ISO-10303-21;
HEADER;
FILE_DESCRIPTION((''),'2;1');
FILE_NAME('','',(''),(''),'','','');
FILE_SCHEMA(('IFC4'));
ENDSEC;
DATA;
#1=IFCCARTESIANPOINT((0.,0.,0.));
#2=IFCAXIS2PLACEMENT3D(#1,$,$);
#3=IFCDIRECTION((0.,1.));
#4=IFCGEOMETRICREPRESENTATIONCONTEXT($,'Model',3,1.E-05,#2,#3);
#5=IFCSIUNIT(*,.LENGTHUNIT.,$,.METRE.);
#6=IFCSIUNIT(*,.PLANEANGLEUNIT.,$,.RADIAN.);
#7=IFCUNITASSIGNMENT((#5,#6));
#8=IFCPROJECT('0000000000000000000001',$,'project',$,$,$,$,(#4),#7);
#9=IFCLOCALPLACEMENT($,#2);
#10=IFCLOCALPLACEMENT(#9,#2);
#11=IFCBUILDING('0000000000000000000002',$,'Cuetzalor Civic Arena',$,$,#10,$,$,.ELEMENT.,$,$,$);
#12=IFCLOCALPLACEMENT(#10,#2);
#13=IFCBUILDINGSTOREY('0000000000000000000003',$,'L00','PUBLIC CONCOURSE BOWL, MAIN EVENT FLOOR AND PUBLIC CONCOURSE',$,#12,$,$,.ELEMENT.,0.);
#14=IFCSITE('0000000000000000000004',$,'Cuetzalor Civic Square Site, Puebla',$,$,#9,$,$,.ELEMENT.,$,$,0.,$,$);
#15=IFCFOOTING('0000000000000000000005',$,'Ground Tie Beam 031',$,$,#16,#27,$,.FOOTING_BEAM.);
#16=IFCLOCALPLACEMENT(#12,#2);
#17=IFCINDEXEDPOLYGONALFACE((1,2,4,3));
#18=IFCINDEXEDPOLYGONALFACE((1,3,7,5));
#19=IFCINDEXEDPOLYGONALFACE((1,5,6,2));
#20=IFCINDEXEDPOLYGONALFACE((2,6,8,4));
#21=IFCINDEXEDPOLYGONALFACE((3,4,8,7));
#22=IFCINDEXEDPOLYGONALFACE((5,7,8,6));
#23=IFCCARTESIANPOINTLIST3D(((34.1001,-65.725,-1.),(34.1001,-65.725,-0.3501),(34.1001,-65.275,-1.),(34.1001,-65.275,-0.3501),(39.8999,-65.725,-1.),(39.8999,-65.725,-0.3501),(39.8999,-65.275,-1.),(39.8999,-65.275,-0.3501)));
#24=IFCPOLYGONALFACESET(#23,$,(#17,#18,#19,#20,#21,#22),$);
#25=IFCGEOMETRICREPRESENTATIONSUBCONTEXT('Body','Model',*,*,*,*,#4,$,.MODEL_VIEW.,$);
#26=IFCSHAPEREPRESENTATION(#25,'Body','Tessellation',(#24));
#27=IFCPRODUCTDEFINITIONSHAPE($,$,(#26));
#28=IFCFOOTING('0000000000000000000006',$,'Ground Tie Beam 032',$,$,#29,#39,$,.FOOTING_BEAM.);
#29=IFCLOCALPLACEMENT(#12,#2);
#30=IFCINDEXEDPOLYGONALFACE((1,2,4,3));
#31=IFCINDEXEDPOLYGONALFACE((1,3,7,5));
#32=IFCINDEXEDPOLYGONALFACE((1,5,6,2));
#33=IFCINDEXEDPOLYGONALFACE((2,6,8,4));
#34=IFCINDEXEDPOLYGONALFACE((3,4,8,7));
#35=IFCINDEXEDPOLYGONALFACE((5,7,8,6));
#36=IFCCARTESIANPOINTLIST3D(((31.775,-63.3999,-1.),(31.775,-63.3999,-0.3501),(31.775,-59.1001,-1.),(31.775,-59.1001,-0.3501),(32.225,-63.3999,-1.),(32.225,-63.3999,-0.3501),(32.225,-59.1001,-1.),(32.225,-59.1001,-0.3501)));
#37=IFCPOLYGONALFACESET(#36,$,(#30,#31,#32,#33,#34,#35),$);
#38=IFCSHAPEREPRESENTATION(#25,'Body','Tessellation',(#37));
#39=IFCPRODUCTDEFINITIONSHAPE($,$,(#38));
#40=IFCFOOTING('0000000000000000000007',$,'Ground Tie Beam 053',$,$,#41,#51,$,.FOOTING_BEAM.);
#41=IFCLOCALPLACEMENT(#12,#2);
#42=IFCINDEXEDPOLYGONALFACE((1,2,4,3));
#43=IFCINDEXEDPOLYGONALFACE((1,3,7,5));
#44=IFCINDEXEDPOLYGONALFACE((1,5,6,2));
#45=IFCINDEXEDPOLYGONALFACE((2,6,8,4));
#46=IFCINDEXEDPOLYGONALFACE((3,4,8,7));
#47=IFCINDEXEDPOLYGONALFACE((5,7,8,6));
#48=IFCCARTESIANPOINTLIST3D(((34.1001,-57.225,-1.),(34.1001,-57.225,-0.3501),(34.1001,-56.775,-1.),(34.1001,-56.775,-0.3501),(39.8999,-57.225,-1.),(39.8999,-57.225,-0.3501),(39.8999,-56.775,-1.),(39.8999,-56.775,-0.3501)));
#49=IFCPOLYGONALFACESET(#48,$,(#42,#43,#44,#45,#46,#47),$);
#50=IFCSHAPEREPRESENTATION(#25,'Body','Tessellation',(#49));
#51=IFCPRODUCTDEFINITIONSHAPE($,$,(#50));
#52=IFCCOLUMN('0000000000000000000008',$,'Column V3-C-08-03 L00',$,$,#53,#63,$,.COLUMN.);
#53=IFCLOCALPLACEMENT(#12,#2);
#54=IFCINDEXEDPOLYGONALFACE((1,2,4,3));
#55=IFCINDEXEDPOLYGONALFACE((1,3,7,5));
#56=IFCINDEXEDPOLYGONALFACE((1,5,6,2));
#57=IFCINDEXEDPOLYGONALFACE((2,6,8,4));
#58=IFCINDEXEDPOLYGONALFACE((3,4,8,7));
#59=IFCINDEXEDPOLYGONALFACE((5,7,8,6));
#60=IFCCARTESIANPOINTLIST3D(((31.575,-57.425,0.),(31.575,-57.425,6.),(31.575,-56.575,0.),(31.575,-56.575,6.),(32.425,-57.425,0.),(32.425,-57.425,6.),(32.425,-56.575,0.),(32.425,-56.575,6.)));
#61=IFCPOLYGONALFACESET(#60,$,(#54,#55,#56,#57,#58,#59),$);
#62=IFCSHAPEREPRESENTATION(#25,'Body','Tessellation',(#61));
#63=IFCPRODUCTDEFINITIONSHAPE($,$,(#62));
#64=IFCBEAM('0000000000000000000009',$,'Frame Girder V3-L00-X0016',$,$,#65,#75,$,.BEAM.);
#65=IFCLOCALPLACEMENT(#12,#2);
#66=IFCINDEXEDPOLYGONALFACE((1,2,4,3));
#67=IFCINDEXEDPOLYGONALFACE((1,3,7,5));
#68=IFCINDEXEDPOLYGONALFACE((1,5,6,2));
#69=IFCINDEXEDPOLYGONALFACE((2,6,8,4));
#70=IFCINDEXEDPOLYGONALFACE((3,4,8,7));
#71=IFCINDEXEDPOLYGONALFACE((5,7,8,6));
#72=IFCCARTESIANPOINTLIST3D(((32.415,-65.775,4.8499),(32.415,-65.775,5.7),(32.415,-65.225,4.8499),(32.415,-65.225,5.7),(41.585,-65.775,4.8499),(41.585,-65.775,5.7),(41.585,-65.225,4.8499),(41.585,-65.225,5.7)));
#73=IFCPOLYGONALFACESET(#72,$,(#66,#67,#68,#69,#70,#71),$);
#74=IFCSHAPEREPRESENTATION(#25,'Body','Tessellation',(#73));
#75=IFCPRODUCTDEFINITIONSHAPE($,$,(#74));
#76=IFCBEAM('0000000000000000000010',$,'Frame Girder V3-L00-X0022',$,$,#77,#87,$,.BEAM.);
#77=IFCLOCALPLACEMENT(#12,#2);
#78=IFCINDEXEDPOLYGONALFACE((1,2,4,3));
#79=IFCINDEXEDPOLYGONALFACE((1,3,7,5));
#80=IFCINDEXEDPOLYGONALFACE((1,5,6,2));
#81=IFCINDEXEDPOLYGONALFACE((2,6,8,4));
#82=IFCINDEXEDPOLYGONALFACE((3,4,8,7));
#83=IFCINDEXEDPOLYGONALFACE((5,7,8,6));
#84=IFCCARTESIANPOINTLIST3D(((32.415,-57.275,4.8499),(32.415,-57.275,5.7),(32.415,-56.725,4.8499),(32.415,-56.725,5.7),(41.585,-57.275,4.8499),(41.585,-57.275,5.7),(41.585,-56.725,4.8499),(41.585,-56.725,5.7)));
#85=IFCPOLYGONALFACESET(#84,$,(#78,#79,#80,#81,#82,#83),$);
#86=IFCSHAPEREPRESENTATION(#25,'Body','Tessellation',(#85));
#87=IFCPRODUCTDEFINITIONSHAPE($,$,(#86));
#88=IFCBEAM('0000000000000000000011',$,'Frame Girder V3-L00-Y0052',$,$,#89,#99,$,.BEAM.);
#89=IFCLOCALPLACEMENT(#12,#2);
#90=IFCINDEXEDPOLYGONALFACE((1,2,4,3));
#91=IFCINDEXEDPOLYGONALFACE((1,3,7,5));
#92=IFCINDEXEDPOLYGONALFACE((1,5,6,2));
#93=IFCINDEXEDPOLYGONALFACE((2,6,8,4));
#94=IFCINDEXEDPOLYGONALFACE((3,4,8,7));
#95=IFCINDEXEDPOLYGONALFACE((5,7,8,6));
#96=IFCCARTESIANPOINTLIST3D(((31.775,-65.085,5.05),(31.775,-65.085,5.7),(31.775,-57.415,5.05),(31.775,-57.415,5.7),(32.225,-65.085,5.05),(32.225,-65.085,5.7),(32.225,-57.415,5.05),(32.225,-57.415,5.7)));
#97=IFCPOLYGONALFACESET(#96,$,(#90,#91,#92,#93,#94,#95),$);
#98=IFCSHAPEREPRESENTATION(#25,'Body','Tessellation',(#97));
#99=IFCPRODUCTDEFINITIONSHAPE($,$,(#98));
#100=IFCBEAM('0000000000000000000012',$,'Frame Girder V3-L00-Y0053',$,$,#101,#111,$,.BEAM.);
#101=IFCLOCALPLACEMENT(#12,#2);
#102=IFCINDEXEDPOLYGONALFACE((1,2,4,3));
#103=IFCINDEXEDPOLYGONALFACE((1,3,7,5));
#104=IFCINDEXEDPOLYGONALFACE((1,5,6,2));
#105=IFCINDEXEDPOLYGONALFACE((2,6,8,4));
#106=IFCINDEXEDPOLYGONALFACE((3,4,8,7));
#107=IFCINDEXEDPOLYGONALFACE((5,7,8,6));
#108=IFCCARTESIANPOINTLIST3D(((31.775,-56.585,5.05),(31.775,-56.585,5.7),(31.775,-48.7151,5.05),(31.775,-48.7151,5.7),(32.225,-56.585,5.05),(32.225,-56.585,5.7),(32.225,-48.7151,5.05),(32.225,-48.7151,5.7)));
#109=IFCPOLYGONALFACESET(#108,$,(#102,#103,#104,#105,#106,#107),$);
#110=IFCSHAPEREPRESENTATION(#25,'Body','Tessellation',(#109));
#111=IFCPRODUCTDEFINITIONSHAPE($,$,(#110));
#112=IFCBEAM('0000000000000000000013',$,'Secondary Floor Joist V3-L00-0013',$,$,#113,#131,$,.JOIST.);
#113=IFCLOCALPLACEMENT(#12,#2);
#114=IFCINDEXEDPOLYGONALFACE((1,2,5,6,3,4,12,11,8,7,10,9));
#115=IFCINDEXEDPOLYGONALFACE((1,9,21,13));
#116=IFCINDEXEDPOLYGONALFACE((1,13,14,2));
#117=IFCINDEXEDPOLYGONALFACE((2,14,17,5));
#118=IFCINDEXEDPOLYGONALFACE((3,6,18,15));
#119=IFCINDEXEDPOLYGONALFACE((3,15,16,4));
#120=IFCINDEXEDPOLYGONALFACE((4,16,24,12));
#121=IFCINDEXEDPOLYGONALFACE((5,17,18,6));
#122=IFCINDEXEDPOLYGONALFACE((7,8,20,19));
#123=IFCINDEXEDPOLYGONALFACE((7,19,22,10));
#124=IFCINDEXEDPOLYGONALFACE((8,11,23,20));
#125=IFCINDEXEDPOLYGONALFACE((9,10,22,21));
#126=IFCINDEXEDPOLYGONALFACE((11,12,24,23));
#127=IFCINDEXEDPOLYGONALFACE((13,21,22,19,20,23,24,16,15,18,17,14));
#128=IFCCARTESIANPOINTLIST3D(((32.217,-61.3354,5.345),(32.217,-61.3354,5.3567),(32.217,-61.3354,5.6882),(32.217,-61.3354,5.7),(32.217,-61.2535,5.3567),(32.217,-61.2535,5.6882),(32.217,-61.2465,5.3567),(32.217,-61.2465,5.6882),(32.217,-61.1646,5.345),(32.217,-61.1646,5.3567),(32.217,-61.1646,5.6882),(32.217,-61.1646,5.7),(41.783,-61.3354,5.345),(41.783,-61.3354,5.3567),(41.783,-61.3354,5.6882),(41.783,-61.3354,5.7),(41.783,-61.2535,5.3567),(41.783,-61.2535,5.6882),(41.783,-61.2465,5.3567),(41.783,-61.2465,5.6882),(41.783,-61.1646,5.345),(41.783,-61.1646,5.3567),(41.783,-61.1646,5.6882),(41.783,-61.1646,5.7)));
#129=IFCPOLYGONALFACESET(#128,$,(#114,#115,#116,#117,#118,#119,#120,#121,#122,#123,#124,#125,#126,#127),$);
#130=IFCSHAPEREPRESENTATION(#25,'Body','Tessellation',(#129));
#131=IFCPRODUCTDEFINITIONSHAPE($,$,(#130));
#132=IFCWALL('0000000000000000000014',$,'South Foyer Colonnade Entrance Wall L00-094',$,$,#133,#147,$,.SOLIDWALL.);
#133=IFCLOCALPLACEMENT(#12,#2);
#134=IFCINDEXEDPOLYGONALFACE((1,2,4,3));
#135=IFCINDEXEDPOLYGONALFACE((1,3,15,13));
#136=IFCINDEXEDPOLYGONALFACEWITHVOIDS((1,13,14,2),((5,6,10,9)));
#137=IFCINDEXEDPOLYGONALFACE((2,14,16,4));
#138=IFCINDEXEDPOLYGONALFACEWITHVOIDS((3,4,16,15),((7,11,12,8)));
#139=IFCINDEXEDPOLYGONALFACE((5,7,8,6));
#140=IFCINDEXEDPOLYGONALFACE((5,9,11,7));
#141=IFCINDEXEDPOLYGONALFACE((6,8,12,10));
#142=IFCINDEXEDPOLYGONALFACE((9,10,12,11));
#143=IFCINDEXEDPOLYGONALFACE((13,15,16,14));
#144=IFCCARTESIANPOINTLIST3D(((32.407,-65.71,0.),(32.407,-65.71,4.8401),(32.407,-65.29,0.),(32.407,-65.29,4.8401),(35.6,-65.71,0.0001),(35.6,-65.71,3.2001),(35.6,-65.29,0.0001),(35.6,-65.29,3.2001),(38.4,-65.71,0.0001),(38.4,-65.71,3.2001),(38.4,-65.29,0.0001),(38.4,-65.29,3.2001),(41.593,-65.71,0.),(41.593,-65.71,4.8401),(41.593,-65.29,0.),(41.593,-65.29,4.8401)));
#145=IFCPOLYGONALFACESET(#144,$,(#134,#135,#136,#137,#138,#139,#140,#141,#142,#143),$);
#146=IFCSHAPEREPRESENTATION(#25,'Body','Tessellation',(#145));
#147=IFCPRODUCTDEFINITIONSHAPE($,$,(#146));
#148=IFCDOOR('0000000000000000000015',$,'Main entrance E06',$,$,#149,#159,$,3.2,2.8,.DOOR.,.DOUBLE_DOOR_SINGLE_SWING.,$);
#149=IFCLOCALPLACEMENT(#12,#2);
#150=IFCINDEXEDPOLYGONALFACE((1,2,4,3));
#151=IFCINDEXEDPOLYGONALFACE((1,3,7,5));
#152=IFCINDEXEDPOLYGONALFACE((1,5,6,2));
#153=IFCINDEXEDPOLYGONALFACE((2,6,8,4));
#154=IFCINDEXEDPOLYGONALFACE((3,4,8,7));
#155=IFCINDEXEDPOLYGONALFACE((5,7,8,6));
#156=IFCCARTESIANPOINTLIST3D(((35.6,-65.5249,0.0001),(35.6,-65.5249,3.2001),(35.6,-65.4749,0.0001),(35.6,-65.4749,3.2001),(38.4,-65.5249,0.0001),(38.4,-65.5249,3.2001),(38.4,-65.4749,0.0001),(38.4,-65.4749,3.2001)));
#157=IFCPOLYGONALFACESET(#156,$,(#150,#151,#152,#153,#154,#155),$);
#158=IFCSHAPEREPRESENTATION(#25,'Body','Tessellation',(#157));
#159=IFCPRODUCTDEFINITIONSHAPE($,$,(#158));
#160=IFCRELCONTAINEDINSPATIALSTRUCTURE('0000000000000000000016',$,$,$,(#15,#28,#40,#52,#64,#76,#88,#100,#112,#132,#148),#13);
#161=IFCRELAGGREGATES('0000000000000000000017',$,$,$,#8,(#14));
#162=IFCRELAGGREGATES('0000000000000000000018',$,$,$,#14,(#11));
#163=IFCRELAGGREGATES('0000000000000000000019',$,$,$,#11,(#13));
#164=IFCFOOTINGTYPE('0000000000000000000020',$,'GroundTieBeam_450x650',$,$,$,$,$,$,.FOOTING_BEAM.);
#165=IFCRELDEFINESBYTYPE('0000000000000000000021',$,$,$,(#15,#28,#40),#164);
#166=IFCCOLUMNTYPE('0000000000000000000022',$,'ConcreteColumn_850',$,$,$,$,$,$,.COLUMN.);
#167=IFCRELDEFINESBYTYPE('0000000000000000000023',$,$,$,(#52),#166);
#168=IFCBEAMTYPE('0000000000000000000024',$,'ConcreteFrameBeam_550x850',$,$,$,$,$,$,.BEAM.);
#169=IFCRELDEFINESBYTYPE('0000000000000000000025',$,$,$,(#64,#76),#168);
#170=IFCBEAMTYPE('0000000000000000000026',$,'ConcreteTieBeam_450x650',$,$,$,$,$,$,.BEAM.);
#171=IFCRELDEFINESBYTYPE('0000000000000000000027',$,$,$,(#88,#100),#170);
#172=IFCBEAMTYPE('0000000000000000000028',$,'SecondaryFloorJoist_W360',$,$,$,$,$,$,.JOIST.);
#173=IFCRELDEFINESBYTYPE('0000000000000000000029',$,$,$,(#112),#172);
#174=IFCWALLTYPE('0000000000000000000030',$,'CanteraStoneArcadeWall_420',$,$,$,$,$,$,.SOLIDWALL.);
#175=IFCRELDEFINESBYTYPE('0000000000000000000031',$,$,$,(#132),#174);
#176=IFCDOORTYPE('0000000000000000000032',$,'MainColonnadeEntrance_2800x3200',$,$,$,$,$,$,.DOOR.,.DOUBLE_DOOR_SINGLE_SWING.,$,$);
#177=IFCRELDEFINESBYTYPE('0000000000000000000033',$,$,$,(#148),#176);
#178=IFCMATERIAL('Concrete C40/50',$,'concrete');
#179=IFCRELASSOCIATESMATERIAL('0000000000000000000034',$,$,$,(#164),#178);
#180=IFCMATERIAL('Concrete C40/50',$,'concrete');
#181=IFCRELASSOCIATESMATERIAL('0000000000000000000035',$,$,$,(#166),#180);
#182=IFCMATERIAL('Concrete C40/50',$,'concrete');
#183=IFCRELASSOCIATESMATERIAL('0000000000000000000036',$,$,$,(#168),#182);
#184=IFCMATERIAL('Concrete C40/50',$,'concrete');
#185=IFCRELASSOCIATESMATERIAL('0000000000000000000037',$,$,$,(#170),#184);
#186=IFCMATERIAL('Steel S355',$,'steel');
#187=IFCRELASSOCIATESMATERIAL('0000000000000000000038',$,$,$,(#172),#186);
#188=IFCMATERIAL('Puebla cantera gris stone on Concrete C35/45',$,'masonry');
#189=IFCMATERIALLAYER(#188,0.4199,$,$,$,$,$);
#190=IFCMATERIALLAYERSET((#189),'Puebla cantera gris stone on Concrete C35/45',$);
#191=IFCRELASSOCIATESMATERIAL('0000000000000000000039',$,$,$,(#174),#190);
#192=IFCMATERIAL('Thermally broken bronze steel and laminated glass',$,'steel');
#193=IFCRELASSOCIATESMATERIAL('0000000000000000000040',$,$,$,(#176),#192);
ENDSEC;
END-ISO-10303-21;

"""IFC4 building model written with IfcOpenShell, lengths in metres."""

from ifc_helpers import new_model, si_unit, direction, frame, frame_2d, origin, origin_2d, place, context, subcontext, project, spatial, rectangle, i_section, extrude, material, layer, layer_set, material_profile, profile_set, type_object, element, fill, save


model = new_model("IFC4")

# Units and contexts
model_context = context("Model", 3, precision=1e-05, world=origin(), true_north=direction((0.0, 1.0)))
body_context = subcontext(model_context, "Body", "Model", "MODEL_VIEW")
ifc_project = project(units=[si_unit("LENGTHUNIT", "METRE"), si_unit("PLANEANGLEUNIT", "RADIAN")], contexts=[model_context])

# Site, building, storey
site_placement = place(None, origin())
site = spatial("IfcSite", under=ifc_project, at=site_placement, Name="Cuetzalor Civic Square Site, Puebla", CompositionType="ELEMENT", RefElevation=0.0)
building_placement = place(site_placement, origin())
building = spatial("IfcBuilding", under=site, at=building_placement, Name="Cuetzalor Civic Arena", CompositionType="ELEMENT")
storey_placement = place(building_placement, origin())
storey = spatial("IfcBuildingStorey", under=building, at=storey_placement, Name="L00", Description="PUBLIC CONCOURSE BOWL, MAIN EVENT FLOOR AND PUBLIC CONCOURSE", CompositionType="ELEMENT", Elevation=0.0)

# Footings
ifc_material_1 = material(Name="Concrete C40/50", Category="concrete")
ifc_material_profile_1 = material_profile(ifc_material_1, rectangle(XDim=0.45, YDim=0.6499, at=origin_2d()), Name="RC 450x650")
ifc_profile_set_1 = profile_set([ifc_material_profile_1], Name="Concrete C40/50")
footing_type_1 = type_object("IfcFootingType", Name="GroundTieBeam_450x650", PredefinedType="FOOTING_BEAM", material=ifc_profile_set_1)
footing_1_placement = place(storey_placement, frame((34.1001, -65.5, -0.675), z_axis=(1.0, 0.0, 0.0), x_axis=(0.0, 1.0, 0.0)))
element("IfcFooting", 1, at=footing_1_placement, inside=storey, type_object=footing_type_1, Name="Ground Tie Beam 031", PredefinedType="FOOTING_BEAM", context=body_context, shape_type="SweptSolid", body=[
    extrude(rectangle(XDim=0.45, YDim=0.6499, at=origin_2d()), origin(), (0.0, 0.0, 1.0), 5.7998),
])
footing_2_placement = place(storey_placement, frame((32.0, -63.3999, -0.675), z_axis=(0.0, 1.0, 0.0), x_axis=(-1.0, 0.0, 0.0)))
element("IfcFooting", 2, at=footing_2_placement, inside=storey, type_object=footing_type_1, Name="Ground Tie Beam 032", PredefinedType="FOOTING_BEAM", context=body_context, shape_type="SweptSolid", body=[
    extrude(rectangle(XDim=0.45, YDim=0.6499, at=origin_2d()), origin(), (0.0, 0.0, 1.0), 4.2998),
])
footing_3_placement = place(storey_placement, frame((34.1001, -57.0, -0.675), z_axis=(1.0, 0.0, 0.0), x_axis=(0.0, 1.0, 0.0)))
element("IfcFooting", 3, at=footing_3_placement, inside=storey, type_object=footing_type_1, Name="Ground Tie Beam 053", PredefinedType="FOOTING_BEAM", context=body_context, shape_type="SweptSolid", body=[
    extrude(rectangle(XDim=0.45, YDim=0.6499, at=origin_2d()), origin(), (0.0, 0.0, 1.0), 5.7998),
])

# Column
ifc_material_2 = material(Name="Concrete C40/50", Category="concrete")
ifc_material_profile_2 = material_profile(ifc_material_2, rectangle(XDim=0.8501, YDim=0.8501, at=origin_2d()), Name="RC 850x850")
ifc_profile_set_2 = profile_set([ifc_material_profile_2], Name="Concrete C40/50")
column_type = type_object("IfcColumnType", Name="ConcreteColumn_850", PredefinedType="COLUMN", material=ifc_profile_set_2)
column_placement = place(storey_placement, frame((32.0, -57.0, 0.0), z_axis=(0.0, 0.0, 1.0), x_axis=(1.0, 0.0, 0.0)))
element("IfcColumn", 4, at=column_placement, inside=storey, type_object=column_type, Name="Column V3-C-08-03 L00", PredefinedType="COLUMN", context=body_context, shape_type="SweptSolid", body=[
    extrude(rectangle(XDim=0.8501, YDim=0.8501, at=origin_2d()), origin(), (0.0, 0.0, 1.0), 6.0),
])

# Beams
ifc_material_3 = material(Name="Concrete C40/50", Category="concrete")
ifc_material_profile_3 = material_profile(ifc_material_3, rectangle(XDim=0.55, YDim=0.8501, at=origin_2d()), Name="RC 550x850")
ifc_profile_set_3 = profile_set([ifc_material_profile_3], Name="Concrete C40/50")
beam_type_1 = type_object("IfcBeamType", Name="ConcreteFrameBeam_550x850", PredefinedType="BEAM", material=ifc_profile_set_3)
for number, where, z_axis, x_axis, name in (
    (5, (32.415, -65.5, 5.2749), (1.0, 0.0, 0.0), (0.0, 1.0, 0.0), "Frame Girder V3-L00-X0016"),
    (6, (32.415, -57.0, 5.2749), (1.0, 0.0, 0.0), (0.0, 1.0, 0.0), "Frame Girder V3-L00-X0022"),
):
    element("IfcBeam", number, at=place(storey_placement, frame(where, z_axis=z_axis, x_axis=x_axis)), inside=storey, type_object=beam_type_1, Name=name, PredefinedType="BEAM", context=body_context, shape_type="SweptSolid", body=[
        extrude(rectangle(XDim=0.55, YDim=0.8501, at=origin_2d()), origin(), (0.0, 0.0, 1.0), 9.1699),
    ])
ifc_material_4 = material(Name="Concrete C40/50", Category="concrete")
ifc_material_profile_4 = material_profile(ifc_material_4, rectangle(XDim=0.45, YDim=0.6499, at=origin_2d()), Name="RC 450x650")
ifc_profile_set_4 = profile_set([ifc_material_profile_4], Name="Concrete C40/50")
beam_type_2 = type_object("IfcBeamType", Name="ConcreteTieBeam_450x650", PredefinedType="BEAM", material=ifc_profile_set_4)
beam_1_placement = place(storey_placement, frame((32.0, -65.085, 5.375), z_axis=(0.0, 1.0, 0.0), x_axis=(-1.0, 0.0, 0.0)))
element("IfcBeam", 7, at=beam_1_placement, inside=storey, type_object=beam_type_2, Name="Frame Girder V3-L00-Y0052", PredefinedType="BEAM", context=body_context, shape_type="SweptSolid", body=[
    extrude(rectangle(XDim=0.45, YDim=0.6499, at=origin_2d()), origin(), (0.0, 0.0, 1.0), 7.6699),
])
beam_2_placement = place(storey_placement, frame((32.0, -56.585, 5.375), z_axis=(0.0, 1.0, 0.0), x_axis=(-1.0, 0.0, 0.0)))
element("IfcBeam", 8, at=beam_2_placement, inside=storey, type_object=beam_type_2, Name="Frame Girder V3-L00-Y0053", PredefinedType="BEAM", context=body_context, shape_type="SweptSolid", body=[
    extrude(rectangle(XDim=0.45, YDim=0.6499, at=origin_2d()), origin(), (0.0, 0.0, 1.0), 7.8699),
])
ifc_material_5 = material(Name="Steel S355", Category="steel")
ifc_material_profile_5 = material_profile(ifc_material_5, i_section(OverallWidth=0.1709, OverallDepth=0.355, WebThickness=0.0071, FlangeThickness=0.0117, at=origin_2d()), Name="W360x51")
ifc_profile_set_5 = profile_set([ifc_material_profile_5], Name="Steel S355")
beam_type_3 = type_object("IfcBeamType", Name="SecondaryFloorJoist_W360", PredefinedType="JOIST", material=ifc_profile_set_5)
beam_3_placement = place(storey_placement, frame((32.217, -61.25, 5.5225), z_axis=(1.0, 0.0, 0.0), x_axis=(0.0, 1.0, 0.0)))
element("IfcBeam", 9, at=beam_3_placement, inside=storey, type_object=beam_type_3, Name="Secondary Floor Joist V3-L00-0013", PredefinedType="JOIST", context=body_context, shape_type="SweptSolid", body=[
    extrude(i_section(OverallWidth=0.1709, OverallDepth=0.355, WebThickness=0.0071, FlangeThickness=0.0117, at=origin_2d()), origin(), (0.0, 0.0, 1.0), 9.5659),
])

# Wall, opening, door
ifc_material_6 = material(Name="Puebla cantera gris stone on Concrete C35/45", Category="masonry")
ifc_layer_1 = layer(ifc_material_6, 0.4199)
ifc_layer_set_1 = layer_set([ifc_layer_1], Name="Puebla cantera gris stone on Concrete C35/45")
wall_type_1 = type_object("IfcWallType", Name="CanteraStoneArcadeWall_420", PredefinedType="SOLIDWALL", material=ifc_layer_set_1)
wall_1_placement = place(storey_placement, frame((41.593, -65.5, 0.0), z_axis=(0.0, 0.0, 1.0), x_axis=(-1.0, 0.0, 0.0)))
wall_1 = element("IfcWall", 10, at=wall_1_placement, inside=storey, type_object=wall_type_1, Name="South Foyer Colonnade Entrance Wall L00-094", PredefinedType="SOLIDWALL", context=body_context, shape_type="SweptSolid", body=[
    extrude(rectangle(XDim=9.186, YDim=0.4199, at=frame_2d((4.593, 0.0))), origin(), (0.0, 0.0, 1.0), 4.8401),
])
opening_1_placement = place(wall_1_placement, frame((3.1931, 0.0, 0.0)))
opening_1 = element("IfcOpeningElement", 11, at=opening_1_placement, cuts=wall_1, PredefinedType="OPENING", context=body_context, shape_type="SweptSolid", body=[
    extrude(rectangle(XDim=2.8, YDim=3.2, at=frame_2d((1.3999, 1.6001))), frame((0.0, 0.22, 0.0), z_axis=(0.0, -1.0, 0.0), x_axis=(1.0, 0.0, 0.0)), (0.0, 0.0, 1.0), 0.4399),
])
ifc_material_7 = material(Name="Thermally broken bronze steel and laminated glass", Category="steel")
door_type_1 = type_object("IfcDoorType", Name="MainColonnadeEntrance_2800x3200", OperationType="DOUBLE_DOOR_SINGLE_SWING", PredefinedType="DOOR", material=ifc_material_7)
door_1_placement = place(opening_1_placement, origin())
door_1 = element("IfcDoor", 12, at=door_1_placement, inside=storey, type_object=door_type_1, Name="Main entrance E06", OperationType="DOUBLE_DOOR_SINGLE_SWING", OverallHeight=3.2, OverallWidth=2.8, PredefinedType="DOOR", context=body_context, shape_type="SweptSolid", body=[
    extrude(rectangle(XDim=2.8, YDim=3.2, at=frame_2d((1.3999, 1.6001))), frame((0.0, 0.0249, 0.0), z_axis=(0.0, -1.0, 0.0), x_axis=(1.0, 0.0, 0.0)), (0.0, 0.0, 1.0), 0.05),
])
fill(opening_1, door_1)

save(model, "model.ifc")
